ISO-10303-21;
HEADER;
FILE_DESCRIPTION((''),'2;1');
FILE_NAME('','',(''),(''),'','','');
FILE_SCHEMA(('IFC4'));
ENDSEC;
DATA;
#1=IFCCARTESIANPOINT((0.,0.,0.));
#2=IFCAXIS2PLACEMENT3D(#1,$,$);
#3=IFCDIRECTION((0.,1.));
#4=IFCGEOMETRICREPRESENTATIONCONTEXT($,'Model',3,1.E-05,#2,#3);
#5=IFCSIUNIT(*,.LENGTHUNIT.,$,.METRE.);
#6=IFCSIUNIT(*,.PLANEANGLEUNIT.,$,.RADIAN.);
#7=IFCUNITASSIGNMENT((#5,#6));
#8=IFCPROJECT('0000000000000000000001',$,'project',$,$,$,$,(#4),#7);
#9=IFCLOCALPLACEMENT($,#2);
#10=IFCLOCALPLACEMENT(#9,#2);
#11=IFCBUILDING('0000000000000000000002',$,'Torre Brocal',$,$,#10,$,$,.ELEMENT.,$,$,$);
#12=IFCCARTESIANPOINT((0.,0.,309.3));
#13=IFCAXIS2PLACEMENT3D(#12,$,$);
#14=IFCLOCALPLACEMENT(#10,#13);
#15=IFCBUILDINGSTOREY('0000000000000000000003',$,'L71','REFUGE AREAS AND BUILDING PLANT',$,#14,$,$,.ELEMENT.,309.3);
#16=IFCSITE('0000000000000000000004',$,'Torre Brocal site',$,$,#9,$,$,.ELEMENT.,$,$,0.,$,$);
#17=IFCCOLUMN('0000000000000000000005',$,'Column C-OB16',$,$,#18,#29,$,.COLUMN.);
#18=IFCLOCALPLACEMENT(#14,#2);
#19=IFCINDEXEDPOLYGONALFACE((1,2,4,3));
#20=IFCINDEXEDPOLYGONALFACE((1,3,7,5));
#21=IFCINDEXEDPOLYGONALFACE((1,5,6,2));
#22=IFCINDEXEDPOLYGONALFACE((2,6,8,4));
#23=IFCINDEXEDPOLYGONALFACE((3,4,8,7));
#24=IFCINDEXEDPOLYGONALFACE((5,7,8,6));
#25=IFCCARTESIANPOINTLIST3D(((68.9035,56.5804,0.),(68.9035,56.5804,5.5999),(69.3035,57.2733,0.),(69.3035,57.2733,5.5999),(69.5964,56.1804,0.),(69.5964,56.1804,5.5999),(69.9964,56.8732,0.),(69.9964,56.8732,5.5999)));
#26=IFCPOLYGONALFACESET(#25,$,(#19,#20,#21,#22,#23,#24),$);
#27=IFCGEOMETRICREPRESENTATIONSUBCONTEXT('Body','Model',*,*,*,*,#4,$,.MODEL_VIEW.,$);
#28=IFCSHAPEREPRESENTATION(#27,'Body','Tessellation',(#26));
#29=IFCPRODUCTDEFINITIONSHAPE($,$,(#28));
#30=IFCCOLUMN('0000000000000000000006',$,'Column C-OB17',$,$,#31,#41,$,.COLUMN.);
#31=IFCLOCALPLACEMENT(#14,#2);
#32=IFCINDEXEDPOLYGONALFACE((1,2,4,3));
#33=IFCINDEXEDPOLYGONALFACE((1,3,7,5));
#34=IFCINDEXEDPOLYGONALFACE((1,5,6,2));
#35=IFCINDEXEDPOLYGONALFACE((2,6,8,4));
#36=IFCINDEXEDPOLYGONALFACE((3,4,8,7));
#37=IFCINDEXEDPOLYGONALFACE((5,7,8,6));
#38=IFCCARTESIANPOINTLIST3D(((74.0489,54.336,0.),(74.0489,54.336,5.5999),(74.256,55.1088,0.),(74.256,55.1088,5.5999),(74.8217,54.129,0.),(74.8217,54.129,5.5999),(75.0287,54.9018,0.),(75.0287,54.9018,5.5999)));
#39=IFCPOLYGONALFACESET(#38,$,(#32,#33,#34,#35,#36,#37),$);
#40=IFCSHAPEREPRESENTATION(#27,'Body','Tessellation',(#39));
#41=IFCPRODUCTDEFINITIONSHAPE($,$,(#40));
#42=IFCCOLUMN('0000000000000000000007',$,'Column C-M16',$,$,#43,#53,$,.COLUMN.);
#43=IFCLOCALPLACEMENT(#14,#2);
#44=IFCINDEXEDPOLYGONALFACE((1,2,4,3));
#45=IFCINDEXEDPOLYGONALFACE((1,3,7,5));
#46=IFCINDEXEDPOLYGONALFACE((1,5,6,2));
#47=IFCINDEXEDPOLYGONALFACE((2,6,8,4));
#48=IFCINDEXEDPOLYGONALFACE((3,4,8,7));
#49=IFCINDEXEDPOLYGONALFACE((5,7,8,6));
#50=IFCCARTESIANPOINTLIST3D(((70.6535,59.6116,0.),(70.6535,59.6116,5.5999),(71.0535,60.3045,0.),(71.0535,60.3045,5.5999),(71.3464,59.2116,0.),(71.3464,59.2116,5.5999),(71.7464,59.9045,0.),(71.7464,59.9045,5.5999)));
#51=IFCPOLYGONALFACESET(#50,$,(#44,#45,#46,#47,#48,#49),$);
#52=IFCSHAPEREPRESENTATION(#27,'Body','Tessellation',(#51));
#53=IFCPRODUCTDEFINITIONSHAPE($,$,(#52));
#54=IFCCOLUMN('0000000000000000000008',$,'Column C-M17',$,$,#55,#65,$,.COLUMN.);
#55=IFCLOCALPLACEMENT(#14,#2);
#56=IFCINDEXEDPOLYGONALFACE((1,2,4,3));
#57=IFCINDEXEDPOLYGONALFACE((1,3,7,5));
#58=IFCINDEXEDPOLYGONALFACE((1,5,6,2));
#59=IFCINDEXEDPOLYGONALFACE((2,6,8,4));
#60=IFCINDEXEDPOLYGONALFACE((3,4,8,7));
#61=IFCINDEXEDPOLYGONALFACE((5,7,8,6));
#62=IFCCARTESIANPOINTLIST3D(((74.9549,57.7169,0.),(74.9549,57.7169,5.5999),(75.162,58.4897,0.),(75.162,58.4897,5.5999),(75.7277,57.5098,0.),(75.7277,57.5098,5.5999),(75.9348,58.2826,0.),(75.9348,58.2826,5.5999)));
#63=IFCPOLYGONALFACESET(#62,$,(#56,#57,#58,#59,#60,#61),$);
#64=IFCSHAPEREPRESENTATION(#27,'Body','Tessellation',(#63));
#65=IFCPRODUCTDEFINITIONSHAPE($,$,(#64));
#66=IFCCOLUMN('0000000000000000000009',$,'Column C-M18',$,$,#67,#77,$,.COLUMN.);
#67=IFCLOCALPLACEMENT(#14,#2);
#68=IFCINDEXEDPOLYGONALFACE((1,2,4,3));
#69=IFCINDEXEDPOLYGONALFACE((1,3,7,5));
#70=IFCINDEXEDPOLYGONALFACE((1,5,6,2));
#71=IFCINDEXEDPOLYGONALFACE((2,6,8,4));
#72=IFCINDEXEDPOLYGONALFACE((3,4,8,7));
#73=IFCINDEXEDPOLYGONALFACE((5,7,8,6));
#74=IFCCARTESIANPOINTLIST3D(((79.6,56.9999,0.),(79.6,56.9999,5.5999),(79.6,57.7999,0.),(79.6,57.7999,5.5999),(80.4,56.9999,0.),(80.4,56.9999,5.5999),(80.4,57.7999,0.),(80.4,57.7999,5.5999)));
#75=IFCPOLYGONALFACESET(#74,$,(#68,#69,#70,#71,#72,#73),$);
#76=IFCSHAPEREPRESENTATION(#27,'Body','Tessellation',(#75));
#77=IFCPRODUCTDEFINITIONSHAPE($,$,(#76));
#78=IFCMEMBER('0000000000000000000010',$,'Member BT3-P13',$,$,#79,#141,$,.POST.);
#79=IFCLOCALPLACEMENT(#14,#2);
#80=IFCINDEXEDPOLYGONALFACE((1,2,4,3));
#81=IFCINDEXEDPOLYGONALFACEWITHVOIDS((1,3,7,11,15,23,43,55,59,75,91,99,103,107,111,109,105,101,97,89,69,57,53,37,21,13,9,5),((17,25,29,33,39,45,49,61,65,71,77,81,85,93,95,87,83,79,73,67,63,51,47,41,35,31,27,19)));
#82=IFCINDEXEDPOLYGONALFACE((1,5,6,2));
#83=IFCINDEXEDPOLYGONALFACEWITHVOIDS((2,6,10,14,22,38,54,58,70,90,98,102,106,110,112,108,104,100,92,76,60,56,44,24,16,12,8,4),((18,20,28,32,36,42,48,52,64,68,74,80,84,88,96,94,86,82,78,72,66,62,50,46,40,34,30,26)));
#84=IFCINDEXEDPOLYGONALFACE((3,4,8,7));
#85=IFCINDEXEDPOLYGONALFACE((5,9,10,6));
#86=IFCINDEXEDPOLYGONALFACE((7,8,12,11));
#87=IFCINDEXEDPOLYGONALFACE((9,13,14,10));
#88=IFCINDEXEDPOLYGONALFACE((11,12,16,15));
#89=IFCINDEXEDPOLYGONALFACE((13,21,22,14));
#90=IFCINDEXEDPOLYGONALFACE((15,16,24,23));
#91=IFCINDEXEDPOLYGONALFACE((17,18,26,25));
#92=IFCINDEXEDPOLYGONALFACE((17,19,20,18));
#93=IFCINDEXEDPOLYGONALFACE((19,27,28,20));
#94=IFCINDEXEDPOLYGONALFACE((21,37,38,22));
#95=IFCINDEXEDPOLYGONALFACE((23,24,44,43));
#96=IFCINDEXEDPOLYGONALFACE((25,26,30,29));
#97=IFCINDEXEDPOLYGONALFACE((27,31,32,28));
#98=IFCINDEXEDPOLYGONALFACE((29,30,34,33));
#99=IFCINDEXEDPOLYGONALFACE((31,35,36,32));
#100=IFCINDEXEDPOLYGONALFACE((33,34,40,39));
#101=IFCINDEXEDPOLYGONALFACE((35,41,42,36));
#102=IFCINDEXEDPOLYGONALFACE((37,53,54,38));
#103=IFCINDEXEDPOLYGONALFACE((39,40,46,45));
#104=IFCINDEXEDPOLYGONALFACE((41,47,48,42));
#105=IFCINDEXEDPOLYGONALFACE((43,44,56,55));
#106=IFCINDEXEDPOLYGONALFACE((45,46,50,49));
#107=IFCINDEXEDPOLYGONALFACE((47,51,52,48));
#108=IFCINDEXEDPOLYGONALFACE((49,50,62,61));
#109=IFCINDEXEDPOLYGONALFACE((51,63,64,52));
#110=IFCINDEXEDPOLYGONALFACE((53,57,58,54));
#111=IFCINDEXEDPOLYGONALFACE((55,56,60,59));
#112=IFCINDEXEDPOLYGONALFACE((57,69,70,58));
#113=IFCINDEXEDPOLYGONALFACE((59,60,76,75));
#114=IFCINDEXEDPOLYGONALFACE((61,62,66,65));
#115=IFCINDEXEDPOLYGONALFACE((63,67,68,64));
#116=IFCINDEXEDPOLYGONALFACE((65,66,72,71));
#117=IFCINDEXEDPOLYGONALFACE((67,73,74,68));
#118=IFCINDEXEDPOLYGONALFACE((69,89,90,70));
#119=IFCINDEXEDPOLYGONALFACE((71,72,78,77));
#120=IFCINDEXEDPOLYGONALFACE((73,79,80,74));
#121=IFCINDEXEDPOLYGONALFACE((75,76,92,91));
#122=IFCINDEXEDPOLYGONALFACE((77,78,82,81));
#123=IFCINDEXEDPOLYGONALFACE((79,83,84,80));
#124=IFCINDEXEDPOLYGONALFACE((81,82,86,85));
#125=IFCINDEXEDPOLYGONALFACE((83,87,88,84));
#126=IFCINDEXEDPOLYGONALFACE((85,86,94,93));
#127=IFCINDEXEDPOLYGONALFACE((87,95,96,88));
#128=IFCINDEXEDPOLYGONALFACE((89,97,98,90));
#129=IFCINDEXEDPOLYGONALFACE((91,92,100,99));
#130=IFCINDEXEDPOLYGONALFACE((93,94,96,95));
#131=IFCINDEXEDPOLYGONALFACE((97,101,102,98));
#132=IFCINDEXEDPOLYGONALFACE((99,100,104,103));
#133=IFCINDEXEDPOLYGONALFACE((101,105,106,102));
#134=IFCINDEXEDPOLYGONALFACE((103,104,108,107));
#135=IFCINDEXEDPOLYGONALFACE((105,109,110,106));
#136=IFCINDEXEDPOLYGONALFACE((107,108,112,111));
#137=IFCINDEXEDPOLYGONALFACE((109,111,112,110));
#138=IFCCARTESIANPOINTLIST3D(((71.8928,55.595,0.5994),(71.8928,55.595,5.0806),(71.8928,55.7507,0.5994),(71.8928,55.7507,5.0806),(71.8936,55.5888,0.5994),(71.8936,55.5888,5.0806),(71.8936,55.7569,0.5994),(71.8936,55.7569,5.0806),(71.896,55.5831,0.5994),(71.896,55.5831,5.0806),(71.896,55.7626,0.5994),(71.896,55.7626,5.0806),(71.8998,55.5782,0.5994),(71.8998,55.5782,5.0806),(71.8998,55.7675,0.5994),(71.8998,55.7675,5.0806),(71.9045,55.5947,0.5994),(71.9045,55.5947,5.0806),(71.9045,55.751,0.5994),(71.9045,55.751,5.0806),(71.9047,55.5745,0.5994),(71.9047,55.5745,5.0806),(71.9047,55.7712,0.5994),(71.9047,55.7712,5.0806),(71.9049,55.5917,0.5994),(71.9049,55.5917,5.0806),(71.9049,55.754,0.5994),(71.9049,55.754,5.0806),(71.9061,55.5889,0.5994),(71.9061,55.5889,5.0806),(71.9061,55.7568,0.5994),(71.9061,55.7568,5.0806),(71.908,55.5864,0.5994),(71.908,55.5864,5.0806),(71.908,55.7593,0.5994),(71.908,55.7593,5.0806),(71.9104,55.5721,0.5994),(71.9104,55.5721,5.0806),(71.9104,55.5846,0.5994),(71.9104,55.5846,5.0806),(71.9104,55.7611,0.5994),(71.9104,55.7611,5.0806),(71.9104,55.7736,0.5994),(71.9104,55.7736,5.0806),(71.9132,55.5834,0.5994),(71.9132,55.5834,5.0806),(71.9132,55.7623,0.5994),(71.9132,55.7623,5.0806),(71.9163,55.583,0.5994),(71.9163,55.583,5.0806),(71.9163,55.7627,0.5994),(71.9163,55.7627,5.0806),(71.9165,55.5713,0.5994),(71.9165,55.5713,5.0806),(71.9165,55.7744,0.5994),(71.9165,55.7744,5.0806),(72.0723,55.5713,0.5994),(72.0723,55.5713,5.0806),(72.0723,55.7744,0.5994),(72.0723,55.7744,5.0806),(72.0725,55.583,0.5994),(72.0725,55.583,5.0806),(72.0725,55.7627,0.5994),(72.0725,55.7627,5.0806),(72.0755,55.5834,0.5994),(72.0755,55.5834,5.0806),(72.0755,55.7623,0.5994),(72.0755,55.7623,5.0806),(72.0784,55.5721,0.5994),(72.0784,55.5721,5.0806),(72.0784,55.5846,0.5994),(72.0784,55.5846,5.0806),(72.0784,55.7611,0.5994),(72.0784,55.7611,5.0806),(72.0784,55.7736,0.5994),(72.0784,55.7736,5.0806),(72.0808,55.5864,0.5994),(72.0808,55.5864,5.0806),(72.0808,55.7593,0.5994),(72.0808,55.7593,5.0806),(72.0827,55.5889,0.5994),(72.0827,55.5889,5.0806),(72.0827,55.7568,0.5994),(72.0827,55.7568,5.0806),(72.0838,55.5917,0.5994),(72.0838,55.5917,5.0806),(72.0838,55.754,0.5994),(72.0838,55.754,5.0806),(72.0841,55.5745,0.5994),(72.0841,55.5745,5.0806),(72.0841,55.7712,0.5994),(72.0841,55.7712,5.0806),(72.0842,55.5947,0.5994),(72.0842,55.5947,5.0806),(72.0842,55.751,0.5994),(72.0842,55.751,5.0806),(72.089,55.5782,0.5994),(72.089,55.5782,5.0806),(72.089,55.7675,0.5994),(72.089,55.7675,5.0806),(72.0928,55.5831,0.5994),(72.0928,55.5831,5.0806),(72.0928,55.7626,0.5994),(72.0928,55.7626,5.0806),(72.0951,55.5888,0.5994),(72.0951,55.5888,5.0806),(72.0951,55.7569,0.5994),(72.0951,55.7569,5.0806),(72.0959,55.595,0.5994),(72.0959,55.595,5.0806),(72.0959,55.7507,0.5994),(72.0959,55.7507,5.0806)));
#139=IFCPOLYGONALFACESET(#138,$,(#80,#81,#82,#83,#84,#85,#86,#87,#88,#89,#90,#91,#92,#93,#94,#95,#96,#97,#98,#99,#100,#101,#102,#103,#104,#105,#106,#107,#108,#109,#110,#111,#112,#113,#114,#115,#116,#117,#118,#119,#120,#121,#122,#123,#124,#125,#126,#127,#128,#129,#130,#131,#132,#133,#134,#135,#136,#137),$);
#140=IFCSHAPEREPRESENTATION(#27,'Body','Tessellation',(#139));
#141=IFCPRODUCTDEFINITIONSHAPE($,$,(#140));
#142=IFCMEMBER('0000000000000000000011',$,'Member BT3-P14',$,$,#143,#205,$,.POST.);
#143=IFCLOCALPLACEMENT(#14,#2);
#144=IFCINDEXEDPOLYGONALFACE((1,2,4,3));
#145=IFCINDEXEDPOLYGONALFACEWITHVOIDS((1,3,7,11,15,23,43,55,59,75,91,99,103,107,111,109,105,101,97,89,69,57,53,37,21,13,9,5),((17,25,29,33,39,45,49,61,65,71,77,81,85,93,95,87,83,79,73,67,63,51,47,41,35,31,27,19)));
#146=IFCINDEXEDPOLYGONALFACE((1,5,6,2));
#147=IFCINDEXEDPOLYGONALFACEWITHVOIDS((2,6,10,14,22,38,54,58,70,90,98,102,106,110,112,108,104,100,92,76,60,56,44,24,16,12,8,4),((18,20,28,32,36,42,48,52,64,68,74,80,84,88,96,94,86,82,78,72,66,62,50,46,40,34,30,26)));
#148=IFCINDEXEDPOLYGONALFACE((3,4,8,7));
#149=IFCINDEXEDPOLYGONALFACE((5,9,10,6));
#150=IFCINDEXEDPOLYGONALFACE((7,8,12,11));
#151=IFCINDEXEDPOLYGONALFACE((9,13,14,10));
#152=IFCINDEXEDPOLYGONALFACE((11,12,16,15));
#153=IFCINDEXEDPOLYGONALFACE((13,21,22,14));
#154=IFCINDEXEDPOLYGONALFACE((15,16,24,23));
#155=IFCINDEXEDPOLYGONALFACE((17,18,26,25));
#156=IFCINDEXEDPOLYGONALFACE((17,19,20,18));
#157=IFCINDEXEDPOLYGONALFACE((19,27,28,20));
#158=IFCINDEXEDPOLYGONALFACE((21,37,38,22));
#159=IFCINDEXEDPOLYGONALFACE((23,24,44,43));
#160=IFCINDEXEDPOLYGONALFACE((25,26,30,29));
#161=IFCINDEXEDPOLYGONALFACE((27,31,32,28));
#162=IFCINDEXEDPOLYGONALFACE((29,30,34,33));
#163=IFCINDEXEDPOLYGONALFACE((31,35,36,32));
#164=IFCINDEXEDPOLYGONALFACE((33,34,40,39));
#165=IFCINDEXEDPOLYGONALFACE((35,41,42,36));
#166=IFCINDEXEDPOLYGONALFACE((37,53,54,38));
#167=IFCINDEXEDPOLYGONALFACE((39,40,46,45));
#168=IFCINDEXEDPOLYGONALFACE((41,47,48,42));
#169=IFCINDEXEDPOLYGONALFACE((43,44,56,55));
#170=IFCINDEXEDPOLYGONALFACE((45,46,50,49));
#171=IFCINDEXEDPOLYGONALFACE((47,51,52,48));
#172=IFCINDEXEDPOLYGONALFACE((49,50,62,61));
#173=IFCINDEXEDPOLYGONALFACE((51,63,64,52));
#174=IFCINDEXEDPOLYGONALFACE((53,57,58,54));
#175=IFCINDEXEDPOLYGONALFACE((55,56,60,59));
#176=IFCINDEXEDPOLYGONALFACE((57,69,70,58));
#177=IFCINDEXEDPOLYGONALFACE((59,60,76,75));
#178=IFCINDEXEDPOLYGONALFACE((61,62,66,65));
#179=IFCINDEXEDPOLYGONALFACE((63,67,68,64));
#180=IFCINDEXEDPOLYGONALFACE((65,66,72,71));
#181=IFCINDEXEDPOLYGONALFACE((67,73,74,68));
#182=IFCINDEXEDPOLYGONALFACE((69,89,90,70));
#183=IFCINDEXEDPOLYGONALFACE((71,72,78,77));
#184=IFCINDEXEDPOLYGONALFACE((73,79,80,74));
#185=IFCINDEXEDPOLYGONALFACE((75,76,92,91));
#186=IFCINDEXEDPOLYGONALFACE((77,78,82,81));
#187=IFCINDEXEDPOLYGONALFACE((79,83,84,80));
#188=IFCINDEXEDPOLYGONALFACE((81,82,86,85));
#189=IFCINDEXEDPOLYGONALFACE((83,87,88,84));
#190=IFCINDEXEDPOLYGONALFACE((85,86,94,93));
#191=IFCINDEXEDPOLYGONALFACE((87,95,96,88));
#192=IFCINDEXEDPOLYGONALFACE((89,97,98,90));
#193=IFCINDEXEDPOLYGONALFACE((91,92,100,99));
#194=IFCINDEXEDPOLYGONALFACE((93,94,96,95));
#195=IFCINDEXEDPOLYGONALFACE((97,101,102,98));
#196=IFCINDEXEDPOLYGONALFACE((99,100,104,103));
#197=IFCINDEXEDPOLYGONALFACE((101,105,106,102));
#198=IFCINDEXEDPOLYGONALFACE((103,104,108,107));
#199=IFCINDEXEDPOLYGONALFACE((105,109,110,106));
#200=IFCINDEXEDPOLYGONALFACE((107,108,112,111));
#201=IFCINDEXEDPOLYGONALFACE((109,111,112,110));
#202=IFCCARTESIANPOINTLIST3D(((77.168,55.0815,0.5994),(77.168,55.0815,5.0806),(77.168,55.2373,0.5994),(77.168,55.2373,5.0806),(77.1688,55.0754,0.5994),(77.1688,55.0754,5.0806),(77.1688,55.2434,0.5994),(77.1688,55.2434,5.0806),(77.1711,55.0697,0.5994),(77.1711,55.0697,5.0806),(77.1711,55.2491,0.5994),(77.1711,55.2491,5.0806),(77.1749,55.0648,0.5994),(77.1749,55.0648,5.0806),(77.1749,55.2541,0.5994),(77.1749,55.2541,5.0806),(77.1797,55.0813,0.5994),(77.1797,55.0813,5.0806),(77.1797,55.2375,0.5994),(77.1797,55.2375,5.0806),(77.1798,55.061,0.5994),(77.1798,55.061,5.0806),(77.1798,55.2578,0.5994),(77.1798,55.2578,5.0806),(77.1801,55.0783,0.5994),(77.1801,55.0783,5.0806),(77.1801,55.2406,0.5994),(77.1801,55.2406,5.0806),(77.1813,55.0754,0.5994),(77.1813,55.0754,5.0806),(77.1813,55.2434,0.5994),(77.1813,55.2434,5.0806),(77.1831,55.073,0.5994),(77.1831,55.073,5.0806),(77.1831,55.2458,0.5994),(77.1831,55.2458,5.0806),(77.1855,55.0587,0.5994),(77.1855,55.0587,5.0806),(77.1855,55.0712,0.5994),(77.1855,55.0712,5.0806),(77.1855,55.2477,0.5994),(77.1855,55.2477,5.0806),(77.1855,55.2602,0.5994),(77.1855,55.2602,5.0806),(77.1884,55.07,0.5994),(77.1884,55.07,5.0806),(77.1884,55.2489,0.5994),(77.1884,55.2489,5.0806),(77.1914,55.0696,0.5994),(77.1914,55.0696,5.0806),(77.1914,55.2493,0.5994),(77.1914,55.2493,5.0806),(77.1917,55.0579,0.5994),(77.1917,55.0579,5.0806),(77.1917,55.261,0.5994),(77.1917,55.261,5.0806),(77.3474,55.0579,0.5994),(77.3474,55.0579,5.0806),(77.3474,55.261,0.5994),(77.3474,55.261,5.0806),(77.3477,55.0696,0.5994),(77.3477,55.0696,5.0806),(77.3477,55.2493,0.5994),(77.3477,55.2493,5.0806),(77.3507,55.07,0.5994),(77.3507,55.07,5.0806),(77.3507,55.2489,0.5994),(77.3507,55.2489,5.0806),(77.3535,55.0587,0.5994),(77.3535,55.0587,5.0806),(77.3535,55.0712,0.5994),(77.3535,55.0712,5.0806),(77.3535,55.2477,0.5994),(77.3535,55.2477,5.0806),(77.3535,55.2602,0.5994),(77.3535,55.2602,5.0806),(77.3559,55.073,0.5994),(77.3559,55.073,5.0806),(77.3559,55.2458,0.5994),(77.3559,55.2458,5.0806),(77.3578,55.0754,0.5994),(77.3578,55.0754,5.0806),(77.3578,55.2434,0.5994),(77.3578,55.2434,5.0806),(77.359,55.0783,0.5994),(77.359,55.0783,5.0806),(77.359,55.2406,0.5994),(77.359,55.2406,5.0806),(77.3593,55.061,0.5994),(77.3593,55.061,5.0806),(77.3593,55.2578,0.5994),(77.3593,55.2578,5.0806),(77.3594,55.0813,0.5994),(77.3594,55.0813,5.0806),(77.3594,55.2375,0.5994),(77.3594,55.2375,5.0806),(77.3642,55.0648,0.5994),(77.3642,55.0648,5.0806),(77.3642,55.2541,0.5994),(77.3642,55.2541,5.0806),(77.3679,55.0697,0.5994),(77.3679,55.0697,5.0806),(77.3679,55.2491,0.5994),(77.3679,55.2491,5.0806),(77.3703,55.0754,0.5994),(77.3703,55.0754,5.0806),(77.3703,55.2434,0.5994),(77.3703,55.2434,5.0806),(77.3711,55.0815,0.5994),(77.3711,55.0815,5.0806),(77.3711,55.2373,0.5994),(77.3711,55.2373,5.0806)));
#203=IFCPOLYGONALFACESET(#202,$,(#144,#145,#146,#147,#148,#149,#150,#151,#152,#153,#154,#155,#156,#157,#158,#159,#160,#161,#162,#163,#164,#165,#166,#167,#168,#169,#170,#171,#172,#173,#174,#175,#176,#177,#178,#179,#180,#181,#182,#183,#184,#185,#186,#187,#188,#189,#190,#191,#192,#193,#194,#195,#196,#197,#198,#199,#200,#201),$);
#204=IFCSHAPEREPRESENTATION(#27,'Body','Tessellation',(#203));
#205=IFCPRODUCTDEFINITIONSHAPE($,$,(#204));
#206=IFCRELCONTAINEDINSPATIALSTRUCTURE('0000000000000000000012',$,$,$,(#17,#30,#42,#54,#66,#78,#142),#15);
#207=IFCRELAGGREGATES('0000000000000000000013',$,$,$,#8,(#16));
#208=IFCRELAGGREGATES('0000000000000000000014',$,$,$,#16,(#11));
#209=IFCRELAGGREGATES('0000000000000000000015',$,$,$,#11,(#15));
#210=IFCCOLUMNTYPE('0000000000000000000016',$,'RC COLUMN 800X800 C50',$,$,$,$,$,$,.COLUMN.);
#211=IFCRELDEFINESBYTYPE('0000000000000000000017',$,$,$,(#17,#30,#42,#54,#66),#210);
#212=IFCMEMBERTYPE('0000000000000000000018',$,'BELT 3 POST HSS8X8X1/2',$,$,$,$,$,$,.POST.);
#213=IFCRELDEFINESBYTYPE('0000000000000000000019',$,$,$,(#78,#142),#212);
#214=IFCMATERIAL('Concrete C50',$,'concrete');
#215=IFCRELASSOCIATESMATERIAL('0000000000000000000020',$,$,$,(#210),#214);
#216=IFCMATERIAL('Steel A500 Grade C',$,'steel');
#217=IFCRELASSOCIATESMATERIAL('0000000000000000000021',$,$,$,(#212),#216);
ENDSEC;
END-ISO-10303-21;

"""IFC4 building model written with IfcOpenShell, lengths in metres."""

from ifc_helpers import new_model, si_unit, direction, frame, origin, origin_2d, place, context, subcontext, project, spatial, rectangle, hollow_rectangle, extrude, material, material_profile, profile_set, type_object, element, save


model = new_model("IFC4")

# Units and contexts
model_context = context("Model", 3, precision=1e-05, world=origin(), true_north=direction((0.0, 1.0)))
body_context = subcontext(model_context, "Body", "Model", "MODEL_VIEW")
ifc_project = project(units=[si_unit("LENGTHUNIT", "METRE"), si_unit("PLANEANGLEUNIT", "RADIAN")], contexts=[model_context])

# Site, building, storey
site_placement = place(None, origin())
site = spatial("IfcSite", under=ifc_project, at=site_placement, Name="Torre Brocal site", CompositionType="ELEMENT", RefElevation=0.0)
building_placement = place(site_placement, origin())
building = spatial("IfcBuilding", under=site, at=building_placement, Name="Torre Brocal", CompositionType="ELEMENT")
storey_placement = place(building_placement, frame((0.0, 0.0, 309.3)))
storey = spatial("IfcBuildingStorey", under=building, at=storey_placement, Name="L71", Description="REFUGE AREAS AND BUILDING PLANT", CompositionType="ELEMENT", Elevation=309.3)

# Columns
ifc_material_1 = material(Name="Concrete C50", Category="concrete")
ifc_material_profile_1 = material_profile(ifc_material_1, rectangle(XDim=0.8, YDim=0.8, at=origin_2d()), Name="RC 800X800")
ifc_profile_set_1 = profile_set([ifc_material_profile_1], Name="Concrete C50")
column_type = type_object("IfcColumnType", Name="RC COLUMN 800X800 C50", PredefinedType="COLUMN", material=ifc_profile_set_1)
for number, where, z_axis, x_axis, name in (
    (1, (69.45, 56.7268, 0.0), (0.0, 0.0, 1.0), (-0.5, -0.866025, 0.0), "Column C-OB16"),
    (2, (74.5388, 54.6189, 0.0), (0.0, 0.0, 1.0), (-0.258819, -0.965926, 0.0), "Column C-OB17"),
    (3, (71.2, 59.7581, 0.0), (0.0, 0.0, 1.0), (-0.5, -0.866025, 0.0), "Column C-M16"),
    (4, (75.4448, 57.9998, 0.0), (0.0, 0.0, 1.0), (-0.258819, -0.965926, 0.0), "Column C-M17"),
    (5, (80.0, 57.3999, 0.0), (0.0, 0.0, 1.0), (0.0, -1.0, 0.0), "Column C-M18"),
):
    element("IfcColumn", number, at=place(storey_placement, frame(where, z_axis=z_axis, x_axis=x_axis)), inside=storey, type_object=column_type, Name=name, PredefinedType="COLUMN", context=body_context, shape_type="SweptSolid", body=[
        extrude(rectangle(XDim=0.8, YDim=0.8, at=origin_2d()), origin(), (0.0, 0.0, 1.0), 5.5999),
    ])

# Members
ifc_material_2 = material(Name="Steel A500 Grade C", Category="steel")
ifc_material_profile_2 = material_profile(ifc_material_2, hollow_rectangle(XDim=0.2031, YDim=0.2031, WallThickness=0.0117, InnerFilletRadius=0.0117, OuterFilletRadius=0.0237, at=origin_2d()), Name="HSS8X8X1/2")
ifc_profile_set_2 = profile_set([ifc_material_profile_2], Name="Steel A500 Grade C")
member_type_1 = type_object("IfcMemberType", Name="BELT 3 POST HSS8X8X1/2", PredefinedType="POST", material=ifc_profile_set_2)
for number, where, z_axis, x_axis, name in (
    (6, (71.9944, 55.6729, 0.5994), (0.0, 0.0, 1.0), (1.0, 0.0, 0.0), "Member BT3-P13"),
    (7, (77.2695, 55.1594, 0.5994), (0.0, 0.0, 1.0), (1.0, 0.0, 0.0), "Member BT3-P14"),
):
    element("IfcMember", number, at=place(storey_placement, frame(where, z_axis=z_axis, x_axis=x_axis)), inside=storey, type_object=member_type_1, Name=name, PredefinedType="POST", context=body_context, shape_type="SweptSolid", body=[
        extrude(hollow_rectangle(XDim=0.2031, YDim=0.2031, WallThickness=0.0117, InnerFilletRadius=0.0117, OuterFilletRadius=0.0237, at=origin_2d()), origin(), (0.0, 0.0, 1.0), 4.4812),
    ])

save(model, "model.ifc")
